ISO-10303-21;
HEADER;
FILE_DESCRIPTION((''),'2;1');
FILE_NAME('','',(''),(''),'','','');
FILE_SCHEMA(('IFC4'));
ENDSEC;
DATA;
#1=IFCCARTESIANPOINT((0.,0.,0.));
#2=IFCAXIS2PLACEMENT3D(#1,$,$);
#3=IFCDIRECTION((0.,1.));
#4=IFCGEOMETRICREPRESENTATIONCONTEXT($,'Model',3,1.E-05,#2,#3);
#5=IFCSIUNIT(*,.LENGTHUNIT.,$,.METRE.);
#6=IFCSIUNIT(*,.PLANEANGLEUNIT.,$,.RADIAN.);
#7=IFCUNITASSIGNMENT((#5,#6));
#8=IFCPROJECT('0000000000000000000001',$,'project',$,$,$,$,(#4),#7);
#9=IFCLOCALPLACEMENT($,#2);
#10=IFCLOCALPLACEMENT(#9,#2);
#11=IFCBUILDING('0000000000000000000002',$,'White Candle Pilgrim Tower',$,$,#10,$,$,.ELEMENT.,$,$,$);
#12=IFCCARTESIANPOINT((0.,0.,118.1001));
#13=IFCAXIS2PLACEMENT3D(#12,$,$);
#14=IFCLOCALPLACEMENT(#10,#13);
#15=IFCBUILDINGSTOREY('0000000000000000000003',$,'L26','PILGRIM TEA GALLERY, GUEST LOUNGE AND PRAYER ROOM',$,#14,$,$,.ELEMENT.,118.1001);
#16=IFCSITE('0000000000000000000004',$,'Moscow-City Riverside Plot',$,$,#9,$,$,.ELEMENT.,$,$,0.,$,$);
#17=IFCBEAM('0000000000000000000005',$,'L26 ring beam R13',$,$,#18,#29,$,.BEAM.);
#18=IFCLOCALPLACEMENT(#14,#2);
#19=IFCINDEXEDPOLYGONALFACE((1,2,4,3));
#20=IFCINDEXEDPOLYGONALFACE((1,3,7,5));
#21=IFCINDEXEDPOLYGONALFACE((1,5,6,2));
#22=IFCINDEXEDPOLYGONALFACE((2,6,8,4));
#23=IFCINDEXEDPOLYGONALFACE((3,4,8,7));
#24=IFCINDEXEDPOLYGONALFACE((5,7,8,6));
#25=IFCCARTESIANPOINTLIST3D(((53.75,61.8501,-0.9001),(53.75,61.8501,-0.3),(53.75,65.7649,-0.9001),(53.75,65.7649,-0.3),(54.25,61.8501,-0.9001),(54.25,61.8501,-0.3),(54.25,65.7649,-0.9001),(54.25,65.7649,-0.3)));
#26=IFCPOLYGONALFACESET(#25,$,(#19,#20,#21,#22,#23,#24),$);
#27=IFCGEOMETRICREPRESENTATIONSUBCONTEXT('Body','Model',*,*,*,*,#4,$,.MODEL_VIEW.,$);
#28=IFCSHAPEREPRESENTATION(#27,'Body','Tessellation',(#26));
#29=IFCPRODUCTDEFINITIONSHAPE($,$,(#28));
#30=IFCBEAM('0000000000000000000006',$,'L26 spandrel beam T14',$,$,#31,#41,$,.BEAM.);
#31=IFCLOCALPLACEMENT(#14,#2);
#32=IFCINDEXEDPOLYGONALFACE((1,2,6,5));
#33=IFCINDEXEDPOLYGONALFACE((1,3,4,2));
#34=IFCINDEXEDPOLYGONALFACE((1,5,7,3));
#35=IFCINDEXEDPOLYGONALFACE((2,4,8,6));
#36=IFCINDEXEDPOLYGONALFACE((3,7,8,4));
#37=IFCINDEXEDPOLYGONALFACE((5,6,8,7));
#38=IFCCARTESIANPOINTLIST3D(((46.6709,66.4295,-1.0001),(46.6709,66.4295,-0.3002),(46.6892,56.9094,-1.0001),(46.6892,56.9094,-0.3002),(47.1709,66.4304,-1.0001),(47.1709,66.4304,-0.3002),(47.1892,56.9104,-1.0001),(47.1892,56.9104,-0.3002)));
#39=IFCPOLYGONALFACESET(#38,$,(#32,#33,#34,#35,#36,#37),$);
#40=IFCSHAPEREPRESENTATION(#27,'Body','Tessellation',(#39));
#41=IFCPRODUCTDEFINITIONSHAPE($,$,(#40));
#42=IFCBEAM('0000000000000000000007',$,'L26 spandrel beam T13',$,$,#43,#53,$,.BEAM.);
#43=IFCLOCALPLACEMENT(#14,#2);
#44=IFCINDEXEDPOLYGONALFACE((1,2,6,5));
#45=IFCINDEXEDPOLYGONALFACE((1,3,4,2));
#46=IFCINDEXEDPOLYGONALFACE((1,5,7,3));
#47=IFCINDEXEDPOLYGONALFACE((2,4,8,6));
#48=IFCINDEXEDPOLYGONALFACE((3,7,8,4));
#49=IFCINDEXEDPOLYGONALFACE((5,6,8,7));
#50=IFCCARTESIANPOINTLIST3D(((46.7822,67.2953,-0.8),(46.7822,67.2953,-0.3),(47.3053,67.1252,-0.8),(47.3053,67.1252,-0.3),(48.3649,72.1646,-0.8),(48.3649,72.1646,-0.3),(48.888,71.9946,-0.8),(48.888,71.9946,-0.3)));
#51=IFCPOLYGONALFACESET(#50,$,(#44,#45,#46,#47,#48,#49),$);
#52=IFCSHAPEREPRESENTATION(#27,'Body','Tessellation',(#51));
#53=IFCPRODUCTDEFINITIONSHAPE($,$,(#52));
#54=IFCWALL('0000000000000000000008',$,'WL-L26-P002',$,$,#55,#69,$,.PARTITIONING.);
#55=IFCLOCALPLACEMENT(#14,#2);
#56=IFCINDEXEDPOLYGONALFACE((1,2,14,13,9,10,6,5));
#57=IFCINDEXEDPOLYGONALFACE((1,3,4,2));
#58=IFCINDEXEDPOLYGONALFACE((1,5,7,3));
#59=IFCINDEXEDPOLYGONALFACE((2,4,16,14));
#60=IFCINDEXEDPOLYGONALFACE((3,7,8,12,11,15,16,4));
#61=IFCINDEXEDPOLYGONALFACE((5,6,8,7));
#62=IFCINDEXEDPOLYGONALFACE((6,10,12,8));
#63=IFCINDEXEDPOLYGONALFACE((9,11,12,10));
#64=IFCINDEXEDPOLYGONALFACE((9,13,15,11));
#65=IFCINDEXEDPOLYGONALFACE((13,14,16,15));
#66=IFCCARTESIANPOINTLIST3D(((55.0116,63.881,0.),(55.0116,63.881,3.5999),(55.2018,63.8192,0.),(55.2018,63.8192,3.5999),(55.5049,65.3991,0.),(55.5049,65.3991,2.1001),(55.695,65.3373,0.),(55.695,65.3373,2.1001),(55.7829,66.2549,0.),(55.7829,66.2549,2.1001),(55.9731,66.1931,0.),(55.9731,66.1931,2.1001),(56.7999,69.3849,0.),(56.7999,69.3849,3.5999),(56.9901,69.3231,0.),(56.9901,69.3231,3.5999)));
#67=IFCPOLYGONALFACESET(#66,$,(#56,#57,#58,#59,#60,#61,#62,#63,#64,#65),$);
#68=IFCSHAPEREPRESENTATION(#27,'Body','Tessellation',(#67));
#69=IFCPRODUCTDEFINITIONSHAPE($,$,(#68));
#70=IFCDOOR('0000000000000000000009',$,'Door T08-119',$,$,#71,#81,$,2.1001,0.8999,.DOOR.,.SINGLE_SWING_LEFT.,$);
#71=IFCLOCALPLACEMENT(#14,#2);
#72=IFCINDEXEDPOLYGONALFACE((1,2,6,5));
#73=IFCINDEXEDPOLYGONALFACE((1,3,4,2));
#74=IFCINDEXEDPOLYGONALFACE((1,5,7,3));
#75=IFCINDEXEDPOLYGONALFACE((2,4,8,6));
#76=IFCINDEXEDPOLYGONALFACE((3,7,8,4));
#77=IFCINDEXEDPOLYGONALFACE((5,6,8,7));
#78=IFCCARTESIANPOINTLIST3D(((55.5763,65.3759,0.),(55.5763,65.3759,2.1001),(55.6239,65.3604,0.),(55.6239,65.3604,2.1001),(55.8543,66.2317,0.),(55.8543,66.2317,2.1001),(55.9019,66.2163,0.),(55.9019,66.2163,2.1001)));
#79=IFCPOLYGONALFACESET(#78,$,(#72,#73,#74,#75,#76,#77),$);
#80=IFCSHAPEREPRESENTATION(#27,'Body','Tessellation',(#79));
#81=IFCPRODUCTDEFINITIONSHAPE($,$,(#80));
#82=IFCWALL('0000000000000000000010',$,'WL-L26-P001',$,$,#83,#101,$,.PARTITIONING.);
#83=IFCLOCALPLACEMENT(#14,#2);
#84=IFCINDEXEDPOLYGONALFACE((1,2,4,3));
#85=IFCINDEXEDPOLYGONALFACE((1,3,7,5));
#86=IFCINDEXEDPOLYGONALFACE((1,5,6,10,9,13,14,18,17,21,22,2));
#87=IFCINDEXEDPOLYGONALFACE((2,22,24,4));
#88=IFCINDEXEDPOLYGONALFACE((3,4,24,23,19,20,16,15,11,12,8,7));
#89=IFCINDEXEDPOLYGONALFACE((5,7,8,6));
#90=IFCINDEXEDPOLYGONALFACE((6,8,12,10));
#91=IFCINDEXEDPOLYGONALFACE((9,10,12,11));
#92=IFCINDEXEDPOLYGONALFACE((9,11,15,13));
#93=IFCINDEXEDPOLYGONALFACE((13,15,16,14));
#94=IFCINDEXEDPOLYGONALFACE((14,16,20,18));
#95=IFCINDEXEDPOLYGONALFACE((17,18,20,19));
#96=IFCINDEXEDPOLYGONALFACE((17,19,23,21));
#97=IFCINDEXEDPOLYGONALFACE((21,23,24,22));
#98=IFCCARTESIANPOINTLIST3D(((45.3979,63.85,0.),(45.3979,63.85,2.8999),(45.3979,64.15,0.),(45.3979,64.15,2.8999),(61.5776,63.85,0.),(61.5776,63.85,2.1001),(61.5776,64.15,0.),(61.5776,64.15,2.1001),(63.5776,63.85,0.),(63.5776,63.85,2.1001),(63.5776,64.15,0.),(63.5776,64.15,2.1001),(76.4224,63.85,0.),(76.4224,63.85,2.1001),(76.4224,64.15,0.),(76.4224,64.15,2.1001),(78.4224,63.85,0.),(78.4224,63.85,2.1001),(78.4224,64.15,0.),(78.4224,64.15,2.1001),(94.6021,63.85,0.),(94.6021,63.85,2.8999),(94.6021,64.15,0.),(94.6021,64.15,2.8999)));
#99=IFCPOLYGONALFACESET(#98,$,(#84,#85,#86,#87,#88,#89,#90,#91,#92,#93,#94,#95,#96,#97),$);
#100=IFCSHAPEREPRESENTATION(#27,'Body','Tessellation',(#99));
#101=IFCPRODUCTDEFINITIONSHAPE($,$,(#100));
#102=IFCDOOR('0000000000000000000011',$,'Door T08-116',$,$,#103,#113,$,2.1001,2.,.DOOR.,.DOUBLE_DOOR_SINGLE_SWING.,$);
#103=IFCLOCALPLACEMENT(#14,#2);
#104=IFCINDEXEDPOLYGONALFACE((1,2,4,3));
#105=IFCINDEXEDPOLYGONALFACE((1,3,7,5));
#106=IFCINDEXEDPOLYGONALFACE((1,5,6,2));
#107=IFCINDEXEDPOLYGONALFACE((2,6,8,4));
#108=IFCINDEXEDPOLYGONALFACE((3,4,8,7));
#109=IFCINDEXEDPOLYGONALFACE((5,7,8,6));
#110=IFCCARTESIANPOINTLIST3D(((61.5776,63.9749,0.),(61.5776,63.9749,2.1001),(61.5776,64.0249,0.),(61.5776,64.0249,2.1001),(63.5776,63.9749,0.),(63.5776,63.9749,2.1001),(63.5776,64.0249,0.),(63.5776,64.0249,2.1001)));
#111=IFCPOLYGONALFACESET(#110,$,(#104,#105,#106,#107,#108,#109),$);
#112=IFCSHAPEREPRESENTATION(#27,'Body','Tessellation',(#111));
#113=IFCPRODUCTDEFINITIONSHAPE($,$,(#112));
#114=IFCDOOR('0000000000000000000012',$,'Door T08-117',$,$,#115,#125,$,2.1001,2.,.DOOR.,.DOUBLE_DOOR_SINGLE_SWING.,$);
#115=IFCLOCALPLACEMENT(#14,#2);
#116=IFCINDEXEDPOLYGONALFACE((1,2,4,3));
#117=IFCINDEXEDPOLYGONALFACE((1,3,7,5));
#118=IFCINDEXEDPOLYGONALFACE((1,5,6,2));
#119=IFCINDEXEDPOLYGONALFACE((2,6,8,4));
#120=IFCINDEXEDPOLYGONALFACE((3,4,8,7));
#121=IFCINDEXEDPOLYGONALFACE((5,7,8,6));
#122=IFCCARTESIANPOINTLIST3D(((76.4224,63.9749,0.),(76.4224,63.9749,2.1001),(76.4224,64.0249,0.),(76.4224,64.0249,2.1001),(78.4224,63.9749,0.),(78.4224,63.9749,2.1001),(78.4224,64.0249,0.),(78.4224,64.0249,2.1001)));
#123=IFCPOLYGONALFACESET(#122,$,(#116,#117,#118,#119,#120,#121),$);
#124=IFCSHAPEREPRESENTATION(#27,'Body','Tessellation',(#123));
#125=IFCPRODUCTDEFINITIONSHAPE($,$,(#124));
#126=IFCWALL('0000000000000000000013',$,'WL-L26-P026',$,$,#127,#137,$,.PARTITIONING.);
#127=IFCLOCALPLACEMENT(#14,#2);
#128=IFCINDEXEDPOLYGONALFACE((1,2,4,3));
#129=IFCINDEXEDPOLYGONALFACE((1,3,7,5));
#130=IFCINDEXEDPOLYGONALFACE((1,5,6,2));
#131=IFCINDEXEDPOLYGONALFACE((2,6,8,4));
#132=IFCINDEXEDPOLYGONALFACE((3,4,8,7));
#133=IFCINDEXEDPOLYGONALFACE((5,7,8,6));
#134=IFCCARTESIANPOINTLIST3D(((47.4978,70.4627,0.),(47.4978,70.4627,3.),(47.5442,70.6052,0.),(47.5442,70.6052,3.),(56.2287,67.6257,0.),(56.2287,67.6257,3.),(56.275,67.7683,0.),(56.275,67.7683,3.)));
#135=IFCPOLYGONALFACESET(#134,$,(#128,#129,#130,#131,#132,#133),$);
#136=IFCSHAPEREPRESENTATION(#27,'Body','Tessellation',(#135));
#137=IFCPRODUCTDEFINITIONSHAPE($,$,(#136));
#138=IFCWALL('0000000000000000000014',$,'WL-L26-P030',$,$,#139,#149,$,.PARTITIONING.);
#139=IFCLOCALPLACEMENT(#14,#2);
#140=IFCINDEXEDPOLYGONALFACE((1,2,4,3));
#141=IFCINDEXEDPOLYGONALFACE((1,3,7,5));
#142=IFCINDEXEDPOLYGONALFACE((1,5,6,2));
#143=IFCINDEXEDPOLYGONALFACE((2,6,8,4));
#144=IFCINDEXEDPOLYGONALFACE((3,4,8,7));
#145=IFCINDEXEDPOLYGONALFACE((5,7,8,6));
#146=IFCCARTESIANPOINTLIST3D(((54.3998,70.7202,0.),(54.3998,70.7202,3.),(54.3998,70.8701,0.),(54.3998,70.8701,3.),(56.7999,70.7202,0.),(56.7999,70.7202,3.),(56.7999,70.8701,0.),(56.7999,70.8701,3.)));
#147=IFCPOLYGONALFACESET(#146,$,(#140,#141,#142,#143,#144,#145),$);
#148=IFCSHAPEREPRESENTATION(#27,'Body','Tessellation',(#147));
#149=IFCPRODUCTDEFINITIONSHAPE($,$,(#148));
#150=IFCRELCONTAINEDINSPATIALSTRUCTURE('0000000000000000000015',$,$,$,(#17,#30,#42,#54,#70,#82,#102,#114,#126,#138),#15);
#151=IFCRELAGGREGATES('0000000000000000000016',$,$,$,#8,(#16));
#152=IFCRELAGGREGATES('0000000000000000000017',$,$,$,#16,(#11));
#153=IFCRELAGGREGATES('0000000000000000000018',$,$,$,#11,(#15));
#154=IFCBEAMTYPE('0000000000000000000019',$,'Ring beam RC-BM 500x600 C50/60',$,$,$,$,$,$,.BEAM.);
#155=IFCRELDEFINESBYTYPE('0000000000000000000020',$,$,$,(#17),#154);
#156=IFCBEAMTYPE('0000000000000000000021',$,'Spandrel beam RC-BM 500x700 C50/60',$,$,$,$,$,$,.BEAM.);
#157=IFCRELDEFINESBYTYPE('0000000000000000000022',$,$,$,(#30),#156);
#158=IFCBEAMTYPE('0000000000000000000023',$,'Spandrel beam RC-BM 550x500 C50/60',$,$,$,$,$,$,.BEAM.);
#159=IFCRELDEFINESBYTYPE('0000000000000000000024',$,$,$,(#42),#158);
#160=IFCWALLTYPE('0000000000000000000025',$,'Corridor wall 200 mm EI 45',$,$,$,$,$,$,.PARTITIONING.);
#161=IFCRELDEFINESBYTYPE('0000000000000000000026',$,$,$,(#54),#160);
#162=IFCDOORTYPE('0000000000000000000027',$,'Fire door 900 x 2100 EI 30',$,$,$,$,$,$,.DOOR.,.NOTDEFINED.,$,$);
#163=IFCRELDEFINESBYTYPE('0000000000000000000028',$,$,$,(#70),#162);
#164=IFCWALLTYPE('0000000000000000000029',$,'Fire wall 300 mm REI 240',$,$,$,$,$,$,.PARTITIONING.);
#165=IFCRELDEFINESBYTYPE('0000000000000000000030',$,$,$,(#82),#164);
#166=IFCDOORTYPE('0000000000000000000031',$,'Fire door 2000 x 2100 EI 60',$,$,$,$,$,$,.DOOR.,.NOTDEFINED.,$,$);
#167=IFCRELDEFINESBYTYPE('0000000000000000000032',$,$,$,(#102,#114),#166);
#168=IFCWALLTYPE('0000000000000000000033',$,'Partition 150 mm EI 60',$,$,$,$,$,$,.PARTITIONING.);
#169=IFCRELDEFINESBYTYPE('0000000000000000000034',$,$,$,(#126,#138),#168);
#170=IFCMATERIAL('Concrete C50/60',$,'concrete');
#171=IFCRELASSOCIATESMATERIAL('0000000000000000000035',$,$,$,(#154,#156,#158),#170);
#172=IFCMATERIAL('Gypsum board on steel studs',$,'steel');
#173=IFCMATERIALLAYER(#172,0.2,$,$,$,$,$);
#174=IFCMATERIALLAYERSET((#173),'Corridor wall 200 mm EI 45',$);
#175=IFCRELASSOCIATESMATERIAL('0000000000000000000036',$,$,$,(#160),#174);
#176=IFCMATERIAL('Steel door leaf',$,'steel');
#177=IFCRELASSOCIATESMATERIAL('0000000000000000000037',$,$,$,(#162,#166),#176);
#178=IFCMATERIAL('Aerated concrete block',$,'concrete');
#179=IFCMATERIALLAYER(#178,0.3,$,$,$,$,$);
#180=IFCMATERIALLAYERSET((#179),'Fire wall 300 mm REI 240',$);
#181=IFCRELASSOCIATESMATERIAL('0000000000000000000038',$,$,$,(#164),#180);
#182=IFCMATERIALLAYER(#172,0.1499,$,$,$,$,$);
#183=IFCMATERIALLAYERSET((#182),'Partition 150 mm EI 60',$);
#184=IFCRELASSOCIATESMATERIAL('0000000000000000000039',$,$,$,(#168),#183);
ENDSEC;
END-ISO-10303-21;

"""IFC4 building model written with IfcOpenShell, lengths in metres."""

from ifc_helpers import new_model, si_unit, direction, frame, frame_2d, origin, origin_2d, place, context, subcontext, project, spatial, rectangle, extrude, material, layer, layer_set, material_profile, profile_set, type_object, element, fill, save


model = new_model("IFC4")

# Units and contexts
model_context = context("Model", 3, precision=1e-05, world=origin(), true_north=direction((0.0, 1.0)))
body_context = subcontext(model_context, "Body", "Model", "MODEL_VIEW")
ifc_project = project(units=[si_unit("LENGTHUNIT", "METRE"), si_unit("PLANEANGLEUNIT", "RADIAN")], contexts=[model_context])

# Site, building, storey
site_placement = place(None, origin())
site = spatial("IfcSite", under=ifc_project, at=site_placement, Name="Moscow-City Riverside Plot", CompositionType="ELEMENT", RefElevation=0.0)
building_placement = place(site_placement, origin())
building = spatial("IfcBuilding", under=site, at=building_placement, Name="White Candle Pilgrim Tower", CompositionType="ELEMENT")
storey_placement = place(building_placement, frame((0.0, 0.0, 118.1001)))
storey = spatial("IfcBuildingStorey", under=building, at=storey_placement, Name="L26", Description="PILGRIM TEA GALLERY, GUEST LOUNGE AND PRAYER ROOM", CompositionType="ELEMENT", Elevation=118.1001)

# Beams
ifc_material_1 = material(Name="Concrete C50/60", Category="concrete")
ifc_material_profile_1 = material_profile(ifc_material_1, rectangle(XDim=0.5, YDim=0.6001, at=origin_2d()), Name="RC-BM 500x600")
ifc_profile_set_1 = profile_set([ifc_material_profile_1], Name="Concrete C50/60")
beam_type_1 = type_object("IfcBeamType", Name="Ring beam RC-BM 500x600 C50/60", PredefinedType="BEAM", material=ifc_profile_set_1)
beam_1_placement = place(storey_placement, frame((54.0, 65.7649, -0.6001), z_axis=(0.0, -1.0, 0.0), x_axis=(1.0, 0.0, 0.0)))
element("IfcBeam", 1, at=beam_1_placement, inside=storey, type_object=beam_type_1, Name="L26 ring beam R13", PredefinedType="BEAM", context=body_context, shape_type="SweptSolid", body=[
    extrude(rectangle(XDim=0.5, YDim=0.6001, at=origin_2d()), origin(), (0.0, 0.0, 1.0), 3.9148),
])
ifc_material_profile_2 = material_profile(ifc_material_1, rectangle(XDim=0.5, YDim=0.7, at=origin_2d()), Name="RC-BM 500x700")
ifc_profile_set_2 = profile_set([ifc_material_profile_2], Name="Concrete C50/60")
beam_type_2 = type_object("IfcBeamType", Name="Spandrel beam RC-BM 500x700 C50/60", PredefinedType="BEAM", material=ifc_profile_set_2)
beam_2_placement = place(storey_placement, frame((46.9209, 66.4299, -0.6501), z_axis=(0.001923, -0.999998, 0.0), x_axis=(0.999998, 0.001923, 0.0)))
element("IfcBeam", 2, at=beam_2_placement, inside=storey, type_object=beam_type_2, Name="L26 spandrel beam T14", PredefinedType="BEAM", context=body_context, shape_type="SweptSolid", body=[
    extrude(rectangle(XDim=0.5, YDim=0.7, at=origin_2d()), origin(), (0.0, 0.0, 1.0), 9.52),
])
ifc_material_profile_3 = material_profile(ifc_material_1, rectangle(XDim=0.55, YDim=0.5, at=origin_2d()), Name="RC-BM 550x500")
ifc_profile_set_3 = profile_set([ifc_material_profile_3], Name="Concrete C50/60")
beam_type_3 = type_object("IfcBeamType", Name="Spandrel beam RC-BM 550x500 C50/60", PredefinedType="BEAM", material=ifc_profile_set_3)
beam_3_placement = place(storey_placement, frame((48.6265, 72.0796, -0.55), z_axis=(-0.309124, -0.951022, 0.0), x_axis=(0.951022, -0.309124, 0.0)))
element("IfcBeam", 3, at=beam_3_placement, inside=storey, type_object=beam_type_3, Name="L26 spandrel beam T13", PredefinedType="BEAM", context=body_context, shape_type="SweptSolid", body=[
    extrude(rectangle(XDim=0.55, YDim=0.5, at=origin_2d()), origin(), (0.0, 0.0, 1.0), 5.1201),
])

# Wall, opening, door
ifc_material_2 = material(Name="Gypsum board on steel studs", Category="steel")
ifc_layer_1 = layer(ifc_material_2, 0.2)
ifc_layer_set_1 = layer_set([ifc_layer_1], Name="Corridor wall 200 mm EI 45")
wall_type_1 = type_object("IfcWallType", Name="Corridor wall 200 mm EI 45", PredefinedType="PARTITIONING", material=ifc_layer_set_1)
wall_1_placement = place(storey_placement, frame((55.1067, 63.8501, 0.0), z_axis=(0.0, 0.0, 1.0), x_axis=(0.309017, 0.951056, 0.0)))
wall_1 = element("IfcWall", 4, at=wall_1_placement, inside=storey, type_object=wall_type_1, Name="WL-L26-P002", PredefinedType="PARTITIONING", context=body_context, shape_type="SweptSolid", body=[
    extrude(rectangle(XDim=5.7871, YDim=0.2, at=frame_2d((2.8936, 0.0))), origin(), (0.0, 0.0, 1.0), 3.5999),
])
opening_1_placement = place(wall_1_placement, frame((1.5962, 0.0, 0.0)))
opening_1 = element("IfcOpeningElement", 5, at=opening_1_placement, cuts=wall_1, PredefinedType="OPENING", context=body_context, shape_type="SweptSolid", body=[
    extrude(rectangle(XDim=0.8999, YDim=2.1001, at=frame_2d((0.45, 1.05))), frame((0.0, 0.1099, 0.0), z_axis=(0.0, -1.0, 0.0), x_axis=(1.0, 0.0, 0.0)), (0.0, 0.0, 1.0), 0.22),
])
ifc_material_3 = material(Name="Steel door leaf", Category="steel")
door_type_1 = type_object("IfcDoorType", Name="Fire door 900 x 2100 EI 30", OperationType="NOTDEFINED", PredefinedType="DOOR", material=ifc_material_3)
door_1_placement = place(opening_1_placement, origin())
door_1 = element("IfcDoor", 6, at=door_1_placement, inside=storey, type_object=door_type_1, Name="Door T08-119", OperationType="SINGLE_SWING_LEFT", OverallHeight=2.1001, OverallWidth=0.8999, PredefinedType="DOOR", context=body_context, shape_type="SweptSolid", body=[
    extrude(rectangle(XDim=0.8999, YDim=2.1001, at=frame_2d((0.45, 1.05))), frame((0.0, 0.0249, 0.0), z_axis=(0.0, -1.0, 0.0), x_axis=(1.0, 0.0, 0.0)), (0.0, 0.0, 1.0), 0.05),
])
fill(opening_1, door_1)

# Wall, openings, doors
ifc_material_4 = material(Name="Aerated concrete block", Category="concrete")
ifc_layer_2 = layer(ifc_material_4, 0.3)
ifc_layer_set_2 = layer_set([ifc_layer_2], Name="Fire wall 300 mm REI 240")
wall_type_2 = type_object("IfcWallType", Name="Fire wall 300 mm REI 240", PredefinedType="PARTITIONING", material=ifc_layer_set_2)
wall_2_placement = place(storey_placement, frame((45.3979, 64.0, 0.0), z_axis=(0.0, 0.0, 1.0), x_axis=(1.0, 0.0, 0.0)))
wall_2 = element("IfcWall", 7, at=wall_2_placement, inside=storey, type_object=wall_type_2, Name="WL-L26-P001", PredefinedType="PARTITIONING", context=body_context, shape_type="SweptSolid", body=[
    extrude(rectangle(XDim=49.2041, YDim=0.3, at=frame_2d((24.6021, 0.0))), origin(), (0.0, 0.0, 1.0), 2.8999),
])
opening_2_placement = place(wall_2_placement, frame((16.1797, 0.0, 0.0)))
opening_2 = element("IfcOpeningElement", 8, at=opening_2_placement, cuts=wall_2, PredefinedType="OPENING", context=body_context, shape_type="SweptSolid", body=[
    extrude(rectangle(XDim=2.0, YDim=2.1001, at=frame_2d((1.0, 1.05))), frame((0.0, 0.1599, 0.0), z_axis=(0.0, -1.0, 0.0), x_axis=(1.0, 0.0, 0.0)), (0.0, 0.0, 1.0), 0.3201),
])
opening_3_placement = place(wall_2_placement, frame((31.0244, 0.0, 0.0)))
opening_3 = element("IfcOpeningElement", 9, at=opening_3_placement, cuts=wall_2, PredefinedType="OPENING", context=body_context, shape_type="SweptSolid", body=[
    extrude(rectangle(XDim=2.0, YDim=2.1001, at=frame_2d((1.0, 1.05))), frame((0.0, 0.1599, 0.0), z_axis=(0.0, -1.0, 0.0), x_axis=(1.0, 0.0, 0.0)), (0.0, 0.0, 1.0), 0.3201),
])
door_type_2 = type_object("IfcDoorType", Name="Fire door 2000 x 2100 EI 60", OperationType="NOTDEFINED", PredefinedType="DOOR", material=ifc_material_3)
door_2_placement = place(opening_2_placement, origin())
door_2 = element("IfcDoor", 10, at=door_2_placement, inside=storey, type_object=door_type_2, Name="Door T08-116", OperationType="DOUBLE_DOOR_SINGLE_SWING", OverallHeight=2.1001, OverallWidth=2.0, PredefinedType="DOOR", context=body_context, shape_type="SweptSolid", body=[
    extrude(rectangle(XDim=2.0, YDim=2.1001, at=frame_2d((1.0, 1.05))), frame((0.0, 0.0249, 0.0), z_axis=(0.0, -1.0, 0.0), x_axis=(1.0, 0.0, 0.0)), (0.0, 0.0, 1.0), 0.05),
])
fill(opening_2, door_2)
door_3_placement = place(opening_3_placement, origin())
door_3 = element("IfcDoor", 11, at=door_3_placement, inside=storey, type_object=door_type_2, Name="Door T08-117", OperationType="DOUBLE_DOOR_SINGLE_SWING", OverallHeight=2.1001, OverallWidth=2.0, PredefinedType="DOOR", context=body_context, shape_type="SweptSolid", body=[
    extrude(rectangle(XDim=2.0, YDim=2.1001, at=frame_2d((1.0, 1.05))), frame((0.0, 0.0249, 0.0), z_axis=(0.0, -1.0, 0.0), x_axis=(1.0, 0.0, 0.0)), (0.0, 0.0, 1.0), 0.05),
])
fill(opening_3, door_3)

# Walls
ifc_layer_3 = layer(ifc_material_2, 0.1499)
ifc_layer_set_3 = layer_set([ifc_layer_3], Name="Partition 150 mm EI 60")
wall_type_3 = type_object("IfcWallType", Name="Partition 150 mm EI 60", PredefinedType="PARTITIONING", material=ifc_layer_set_3)
wall_3_placement = place(storey_placement, frame((47.521, 70.5339, 0.0), z_axis=(0.0, 0.0, 1.0), x_axis=(0.951052, -0.30903, 0.0)))
element("IfcWall", 12, at=wall_3_placement, inside=storey, type_object=wall_type_3, Name="WL-L26-P026", PredefinedType="PARTITIONING", context=body_context, shape_type="SweptSolid", body=[
    extrude(rectangle(XDim=9.1802, YDim=0.1499, at=frame_2d((4.5901, 0.0))), origin(), (0.0, 0.0, 1.0), 3.0),
])
wall_4_placement = place(storey_placement, frame((56.8, 70.7952, 0.0), z_axis=(0.0, 0.0, 1.0), x_axis=(-1.0, 0.0, 0.0)))
element("IfcWall", 13, at=wall_4_placement, inside=storey, type_object=wall_type_3, Name="WL-L26-P030", PredefinedType="PARTITIONING", context=body_context, shape_type="SweptSolid", body=[
    extrude(rectangle(XDim=2.4001, YDim=0.1499, at=frame_2d((1.2002, 0.0))), origin(), (0.0, 0.0, 1.0), 3.0),
])

save(model, "model.ifc")
